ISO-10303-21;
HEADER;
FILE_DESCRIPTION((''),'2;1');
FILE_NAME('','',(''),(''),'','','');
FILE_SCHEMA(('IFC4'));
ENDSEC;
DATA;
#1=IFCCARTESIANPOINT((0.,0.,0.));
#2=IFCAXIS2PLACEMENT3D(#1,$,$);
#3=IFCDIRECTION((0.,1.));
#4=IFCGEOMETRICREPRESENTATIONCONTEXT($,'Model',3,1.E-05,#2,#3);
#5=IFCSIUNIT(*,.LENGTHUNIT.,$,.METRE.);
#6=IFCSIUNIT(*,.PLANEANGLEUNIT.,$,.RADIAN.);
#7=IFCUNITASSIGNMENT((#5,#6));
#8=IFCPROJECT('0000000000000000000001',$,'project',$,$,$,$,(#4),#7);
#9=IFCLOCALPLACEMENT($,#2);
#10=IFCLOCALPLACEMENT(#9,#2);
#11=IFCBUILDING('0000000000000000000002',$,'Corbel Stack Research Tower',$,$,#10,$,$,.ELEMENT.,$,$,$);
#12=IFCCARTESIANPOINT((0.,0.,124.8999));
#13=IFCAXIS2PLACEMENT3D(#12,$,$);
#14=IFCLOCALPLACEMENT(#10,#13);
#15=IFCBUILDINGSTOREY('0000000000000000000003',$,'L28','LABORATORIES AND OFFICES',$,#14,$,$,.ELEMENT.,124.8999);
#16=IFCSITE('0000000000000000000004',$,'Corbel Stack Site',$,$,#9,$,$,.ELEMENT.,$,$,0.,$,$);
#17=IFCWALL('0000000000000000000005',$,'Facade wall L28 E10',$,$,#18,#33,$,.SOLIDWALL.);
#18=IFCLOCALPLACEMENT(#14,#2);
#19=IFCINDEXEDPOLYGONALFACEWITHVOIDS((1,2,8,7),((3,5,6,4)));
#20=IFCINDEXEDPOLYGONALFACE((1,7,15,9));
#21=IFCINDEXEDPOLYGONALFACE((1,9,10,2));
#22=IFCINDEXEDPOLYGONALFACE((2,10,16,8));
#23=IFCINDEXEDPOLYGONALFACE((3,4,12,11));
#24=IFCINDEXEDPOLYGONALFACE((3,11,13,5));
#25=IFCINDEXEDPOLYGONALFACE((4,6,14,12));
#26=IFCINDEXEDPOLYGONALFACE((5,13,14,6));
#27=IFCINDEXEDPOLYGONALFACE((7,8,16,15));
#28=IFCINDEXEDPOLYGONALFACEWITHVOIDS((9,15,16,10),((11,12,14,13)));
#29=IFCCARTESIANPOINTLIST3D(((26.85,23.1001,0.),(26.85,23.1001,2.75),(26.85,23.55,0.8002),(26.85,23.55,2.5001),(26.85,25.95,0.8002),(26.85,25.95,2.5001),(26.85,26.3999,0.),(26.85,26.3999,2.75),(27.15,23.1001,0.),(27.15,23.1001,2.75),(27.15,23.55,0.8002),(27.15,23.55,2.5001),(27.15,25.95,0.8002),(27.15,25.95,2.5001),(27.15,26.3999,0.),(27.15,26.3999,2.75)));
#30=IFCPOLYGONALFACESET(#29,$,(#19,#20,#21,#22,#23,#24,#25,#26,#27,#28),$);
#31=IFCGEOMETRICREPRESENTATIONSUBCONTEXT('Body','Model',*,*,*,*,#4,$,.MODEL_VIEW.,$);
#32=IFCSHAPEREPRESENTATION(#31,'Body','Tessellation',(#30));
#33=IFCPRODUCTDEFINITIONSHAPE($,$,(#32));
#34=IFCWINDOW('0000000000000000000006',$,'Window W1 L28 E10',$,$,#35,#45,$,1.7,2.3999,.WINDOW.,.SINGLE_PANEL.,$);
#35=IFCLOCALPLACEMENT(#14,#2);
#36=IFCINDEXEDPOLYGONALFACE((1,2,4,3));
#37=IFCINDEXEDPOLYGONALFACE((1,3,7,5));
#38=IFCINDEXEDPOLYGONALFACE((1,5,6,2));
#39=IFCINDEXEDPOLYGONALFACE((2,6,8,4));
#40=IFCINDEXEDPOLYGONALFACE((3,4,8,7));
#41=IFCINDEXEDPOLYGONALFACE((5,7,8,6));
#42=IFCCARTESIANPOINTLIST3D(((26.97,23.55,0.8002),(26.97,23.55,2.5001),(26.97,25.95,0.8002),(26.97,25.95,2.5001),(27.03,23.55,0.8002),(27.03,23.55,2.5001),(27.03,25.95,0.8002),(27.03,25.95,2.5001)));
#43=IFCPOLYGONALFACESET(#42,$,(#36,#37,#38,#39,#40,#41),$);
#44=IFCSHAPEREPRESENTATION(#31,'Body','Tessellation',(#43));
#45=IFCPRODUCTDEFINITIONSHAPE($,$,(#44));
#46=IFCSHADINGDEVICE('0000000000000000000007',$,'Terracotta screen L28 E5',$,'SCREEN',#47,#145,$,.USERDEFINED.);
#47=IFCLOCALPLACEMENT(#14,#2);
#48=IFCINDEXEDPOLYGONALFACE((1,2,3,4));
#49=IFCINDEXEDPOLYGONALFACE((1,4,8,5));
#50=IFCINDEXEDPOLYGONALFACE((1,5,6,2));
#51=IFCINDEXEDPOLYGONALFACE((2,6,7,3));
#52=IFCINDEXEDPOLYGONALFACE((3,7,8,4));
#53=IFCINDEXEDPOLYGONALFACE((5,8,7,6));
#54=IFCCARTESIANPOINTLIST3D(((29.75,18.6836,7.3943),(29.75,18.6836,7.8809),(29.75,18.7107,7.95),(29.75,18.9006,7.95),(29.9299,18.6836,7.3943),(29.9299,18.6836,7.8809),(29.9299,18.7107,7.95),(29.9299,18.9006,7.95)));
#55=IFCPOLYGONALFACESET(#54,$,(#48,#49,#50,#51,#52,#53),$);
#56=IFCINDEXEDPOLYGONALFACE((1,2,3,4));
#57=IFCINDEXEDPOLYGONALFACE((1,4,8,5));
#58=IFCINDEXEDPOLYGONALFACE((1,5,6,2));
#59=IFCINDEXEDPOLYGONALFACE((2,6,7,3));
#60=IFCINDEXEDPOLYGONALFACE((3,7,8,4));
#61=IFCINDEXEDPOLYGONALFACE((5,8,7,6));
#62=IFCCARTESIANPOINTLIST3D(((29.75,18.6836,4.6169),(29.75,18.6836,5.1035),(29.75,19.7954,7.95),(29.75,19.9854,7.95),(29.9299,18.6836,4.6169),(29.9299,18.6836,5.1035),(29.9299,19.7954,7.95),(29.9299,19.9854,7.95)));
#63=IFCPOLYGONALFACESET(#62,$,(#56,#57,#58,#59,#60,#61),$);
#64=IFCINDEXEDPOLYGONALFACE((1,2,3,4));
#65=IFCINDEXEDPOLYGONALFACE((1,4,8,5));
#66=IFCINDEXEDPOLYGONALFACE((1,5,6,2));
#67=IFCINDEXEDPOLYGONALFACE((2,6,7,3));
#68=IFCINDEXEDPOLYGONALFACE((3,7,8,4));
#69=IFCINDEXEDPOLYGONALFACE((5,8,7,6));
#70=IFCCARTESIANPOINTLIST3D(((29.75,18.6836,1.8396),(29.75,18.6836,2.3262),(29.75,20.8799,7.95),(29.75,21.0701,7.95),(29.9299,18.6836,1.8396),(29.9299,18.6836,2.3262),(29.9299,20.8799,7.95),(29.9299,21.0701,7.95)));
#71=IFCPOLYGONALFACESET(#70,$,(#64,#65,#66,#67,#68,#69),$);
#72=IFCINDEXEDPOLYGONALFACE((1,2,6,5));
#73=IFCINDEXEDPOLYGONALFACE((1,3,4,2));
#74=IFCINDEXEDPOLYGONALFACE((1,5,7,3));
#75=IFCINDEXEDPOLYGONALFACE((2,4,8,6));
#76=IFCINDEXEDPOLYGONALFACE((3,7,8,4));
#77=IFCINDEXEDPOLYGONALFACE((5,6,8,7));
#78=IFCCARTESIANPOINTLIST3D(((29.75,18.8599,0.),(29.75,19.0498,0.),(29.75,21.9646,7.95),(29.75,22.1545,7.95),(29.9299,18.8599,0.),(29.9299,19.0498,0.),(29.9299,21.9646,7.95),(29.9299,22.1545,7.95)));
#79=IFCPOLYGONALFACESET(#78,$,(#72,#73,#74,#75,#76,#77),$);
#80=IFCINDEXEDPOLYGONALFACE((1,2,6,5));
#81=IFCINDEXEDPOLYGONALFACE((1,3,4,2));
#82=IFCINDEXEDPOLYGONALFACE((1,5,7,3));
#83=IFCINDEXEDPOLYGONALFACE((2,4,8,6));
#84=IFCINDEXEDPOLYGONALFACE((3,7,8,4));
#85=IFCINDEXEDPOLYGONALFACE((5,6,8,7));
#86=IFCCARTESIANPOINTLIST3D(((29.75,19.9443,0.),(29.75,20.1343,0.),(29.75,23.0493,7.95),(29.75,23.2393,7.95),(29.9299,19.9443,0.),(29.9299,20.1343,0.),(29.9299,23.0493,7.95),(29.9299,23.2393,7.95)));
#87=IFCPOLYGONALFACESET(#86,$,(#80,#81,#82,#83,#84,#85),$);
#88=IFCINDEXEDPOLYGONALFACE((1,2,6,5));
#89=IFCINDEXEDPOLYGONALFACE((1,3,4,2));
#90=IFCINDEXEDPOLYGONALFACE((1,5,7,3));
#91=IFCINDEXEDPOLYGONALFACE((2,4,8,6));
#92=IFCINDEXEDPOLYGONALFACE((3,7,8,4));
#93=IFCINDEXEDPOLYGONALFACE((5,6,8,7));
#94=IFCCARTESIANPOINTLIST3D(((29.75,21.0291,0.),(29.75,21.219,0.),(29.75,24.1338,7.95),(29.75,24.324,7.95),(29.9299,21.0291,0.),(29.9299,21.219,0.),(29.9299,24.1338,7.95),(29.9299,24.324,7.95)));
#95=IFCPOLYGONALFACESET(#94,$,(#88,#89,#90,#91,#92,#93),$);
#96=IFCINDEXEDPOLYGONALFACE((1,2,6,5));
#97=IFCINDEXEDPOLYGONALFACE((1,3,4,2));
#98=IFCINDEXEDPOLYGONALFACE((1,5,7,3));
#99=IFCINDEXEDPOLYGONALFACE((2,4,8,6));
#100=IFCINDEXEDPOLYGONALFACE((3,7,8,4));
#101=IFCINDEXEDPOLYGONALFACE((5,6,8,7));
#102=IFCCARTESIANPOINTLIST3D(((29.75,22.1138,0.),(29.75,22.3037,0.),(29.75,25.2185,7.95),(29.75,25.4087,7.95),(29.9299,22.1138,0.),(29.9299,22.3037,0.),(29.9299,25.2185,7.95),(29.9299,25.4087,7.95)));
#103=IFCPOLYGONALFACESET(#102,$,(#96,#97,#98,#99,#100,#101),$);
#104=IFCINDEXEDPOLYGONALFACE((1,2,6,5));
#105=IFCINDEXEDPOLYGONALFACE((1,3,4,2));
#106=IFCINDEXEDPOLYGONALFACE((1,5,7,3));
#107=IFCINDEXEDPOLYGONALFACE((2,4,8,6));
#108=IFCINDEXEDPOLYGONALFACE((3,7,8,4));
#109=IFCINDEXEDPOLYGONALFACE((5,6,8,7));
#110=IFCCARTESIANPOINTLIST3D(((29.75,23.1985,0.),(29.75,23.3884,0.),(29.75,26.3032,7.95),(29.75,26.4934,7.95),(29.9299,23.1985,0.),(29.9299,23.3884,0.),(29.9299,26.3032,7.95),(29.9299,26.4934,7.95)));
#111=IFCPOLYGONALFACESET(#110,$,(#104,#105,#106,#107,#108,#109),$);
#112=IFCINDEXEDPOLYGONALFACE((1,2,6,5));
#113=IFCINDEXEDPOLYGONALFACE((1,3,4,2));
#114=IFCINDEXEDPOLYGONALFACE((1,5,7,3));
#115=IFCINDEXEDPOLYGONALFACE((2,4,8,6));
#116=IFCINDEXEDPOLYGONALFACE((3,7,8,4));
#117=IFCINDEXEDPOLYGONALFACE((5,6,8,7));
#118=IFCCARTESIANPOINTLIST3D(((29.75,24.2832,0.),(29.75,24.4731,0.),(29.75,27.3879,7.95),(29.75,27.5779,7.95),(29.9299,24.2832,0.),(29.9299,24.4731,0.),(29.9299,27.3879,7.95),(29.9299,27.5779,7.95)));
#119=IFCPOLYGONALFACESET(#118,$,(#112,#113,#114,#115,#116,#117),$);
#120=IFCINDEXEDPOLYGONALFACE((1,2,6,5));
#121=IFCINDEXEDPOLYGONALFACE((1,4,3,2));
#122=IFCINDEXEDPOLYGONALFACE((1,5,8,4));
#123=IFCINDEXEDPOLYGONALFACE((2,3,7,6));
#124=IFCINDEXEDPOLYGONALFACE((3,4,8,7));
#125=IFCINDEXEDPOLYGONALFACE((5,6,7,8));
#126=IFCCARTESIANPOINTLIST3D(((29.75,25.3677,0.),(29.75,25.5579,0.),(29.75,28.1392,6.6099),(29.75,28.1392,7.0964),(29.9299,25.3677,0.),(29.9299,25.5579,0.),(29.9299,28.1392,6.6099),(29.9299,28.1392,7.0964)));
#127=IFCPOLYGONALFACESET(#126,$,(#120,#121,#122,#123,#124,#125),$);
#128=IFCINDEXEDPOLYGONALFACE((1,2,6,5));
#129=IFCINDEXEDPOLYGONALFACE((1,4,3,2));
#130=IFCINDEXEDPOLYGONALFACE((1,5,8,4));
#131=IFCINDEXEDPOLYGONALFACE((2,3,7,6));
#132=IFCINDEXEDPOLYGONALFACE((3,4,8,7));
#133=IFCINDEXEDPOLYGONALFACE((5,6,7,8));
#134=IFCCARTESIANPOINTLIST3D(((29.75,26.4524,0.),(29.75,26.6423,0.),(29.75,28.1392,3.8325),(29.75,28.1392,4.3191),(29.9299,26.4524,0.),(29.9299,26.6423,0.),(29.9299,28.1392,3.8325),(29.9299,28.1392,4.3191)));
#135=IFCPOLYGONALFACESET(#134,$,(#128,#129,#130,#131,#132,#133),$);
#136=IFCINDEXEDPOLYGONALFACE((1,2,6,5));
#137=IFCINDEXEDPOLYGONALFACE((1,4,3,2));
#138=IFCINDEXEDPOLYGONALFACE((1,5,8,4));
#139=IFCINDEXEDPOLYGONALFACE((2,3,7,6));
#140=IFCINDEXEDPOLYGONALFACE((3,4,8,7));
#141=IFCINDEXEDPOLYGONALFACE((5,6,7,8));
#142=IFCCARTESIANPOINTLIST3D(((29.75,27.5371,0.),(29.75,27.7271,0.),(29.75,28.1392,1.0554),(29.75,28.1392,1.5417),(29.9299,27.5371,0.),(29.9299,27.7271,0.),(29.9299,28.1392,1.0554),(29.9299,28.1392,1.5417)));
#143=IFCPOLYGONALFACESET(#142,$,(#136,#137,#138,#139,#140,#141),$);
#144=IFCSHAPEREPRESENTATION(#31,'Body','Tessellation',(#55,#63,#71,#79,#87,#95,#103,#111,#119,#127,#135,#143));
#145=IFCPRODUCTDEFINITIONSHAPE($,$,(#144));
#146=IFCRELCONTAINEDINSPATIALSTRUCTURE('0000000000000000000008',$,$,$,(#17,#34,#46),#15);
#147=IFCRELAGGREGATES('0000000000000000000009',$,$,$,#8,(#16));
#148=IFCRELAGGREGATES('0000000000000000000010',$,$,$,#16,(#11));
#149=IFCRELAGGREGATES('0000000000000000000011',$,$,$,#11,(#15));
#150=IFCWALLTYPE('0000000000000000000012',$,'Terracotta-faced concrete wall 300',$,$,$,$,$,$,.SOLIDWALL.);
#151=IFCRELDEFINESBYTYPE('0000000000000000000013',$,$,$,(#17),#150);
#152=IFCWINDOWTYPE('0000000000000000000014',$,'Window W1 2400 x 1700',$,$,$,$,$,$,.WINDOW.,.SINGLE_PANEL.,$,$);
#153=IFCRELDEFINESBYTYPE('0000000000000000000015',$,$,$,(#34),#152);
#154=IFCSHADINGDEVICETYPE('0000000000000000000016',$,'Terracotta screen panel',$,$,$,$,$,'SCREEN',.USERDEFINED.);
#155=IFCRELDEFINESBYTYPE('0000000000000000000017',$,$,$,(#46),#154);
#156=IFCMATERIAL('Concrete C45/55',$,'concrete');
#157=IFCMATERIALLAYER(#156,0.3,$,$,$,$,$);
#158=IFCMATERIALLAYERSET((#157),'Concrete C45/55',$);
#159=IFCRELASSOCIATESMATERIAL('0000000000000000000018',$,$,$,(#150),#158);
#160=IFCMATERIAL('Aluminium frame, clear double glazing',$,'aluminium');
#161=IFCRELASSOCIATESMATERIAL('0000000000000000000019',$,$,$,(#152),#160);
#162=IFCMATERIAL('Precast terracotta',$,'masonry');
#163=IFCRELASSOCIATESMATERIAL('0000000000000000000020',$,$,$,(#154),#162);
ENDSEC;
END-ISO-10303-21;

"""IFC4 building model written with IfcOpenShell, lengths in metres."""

from ifc_helpers import new_model, si_unit, direction, frame, frame_2d, origin, place, context, subcontext, project, spatial, polyline, rectangle, outline, extrude, source, transform, mapped, material, layer, layer_set, type_object, element, fill, save


model = new_model("IFC4")

# Units and contexts
model_context = context("Model", 3, precision=1e-05, world=origin(), true_north=direction((0.0, 1.0)))
body_context = subcontext(model_context, "Body", "Model", "MODEL_VIEW")
ifc_project = project(units=[si_unit("LENGTHUNIT", "METRE"), si_unit("PLANEANGLEUNIT", "RADIAN")], contexts=[model_context])

# Site, building, storey
site_placement = place(None, origin())
site = spatial("IfcSite", under=ifc_project, at=site_placement, Name="Corbel Stack Site", CompositionType="ELEMENT", RefElevation=0.0)
building_placement = place(site_placement, origin())
building = spatial("IfcBuilding", under=site, at=building_placement, Name="Corbel Stack Research Tower", CompositionType="ELEMENT")
storey_placement = place(building_placement, frame((0.0, 0.0, 124.8999)))
storey = spatial("IfcBuildingStorey", under=building, at=storey_placement, Name="L28", Description="LABORATORIES AND OFFICES", CompositionType="ELEMENT", Elevation=124.8999)

# Shared definitions
ifc_material_1 = material(Name="Concrete C45/55", Category="concrete")
ifc_layer_1 = layer(ifc_material_1, 0.3)
ifc_layer_set_1 = layer_set([ifc_layer_1], Name="Concrete C45/55")
wall_type_1 = type_object("IfcWallType", Name="Terracotta-faced concrete wall 300", PredefinedType="SOLIDWALL", material=ifc_layer_set_1)

# Wall, opening, window
wall_1_placement = place(storey_placement, frame((27.0, 26.3999, 0.0), z_axis=(0.0, 0.0, 1.0), x_axis=(0.0, -1.0, 0.0)))
wall_1 = element("IfcWall", 1, at=wall_1_placement, inside=storey, type_object=wall_type_1, Name="Facade wall L28 E10", PredefinedType="SOLIDWALL", context=body_context, shape_type="SweptSolid", body=[
    extrude(rectangle(XDim=3.2998, YDim=0.3, at=frame_2d((1.6499, 0.0))), origin(), (0.0, 0.0, 1.0), 2.75),
])
opening_1_placement = place(wall_1_placement, frame((0.45, 0.0, 0.8)))
opening_1 = element("IfcOpeningElement", 2, at=opening_1_placement, cuts=wall_1, PredefinedType="OPENING", context=body_context, shape_type="SweptSolid", body=[
    extrude(rectangle(XDim=2.3999, YDim=1.7, at=frame_2d((1.2, 0.8501))), frame((0.0, 0.1599, 0.0), z_axis=(0.0, -1.0, 0.0), x_axis=(1.0, 0.0, 0.0)), (0.0, 0.0, 1.0), 0.3201),
])
ifc_material_2 = material(Name="Aluminium frame, clear double glazing", Category="aluminium")
window_type = type_object("IfcWindowType", Name="Window W1 2400 x 1700", PartitioningType="SINGLE_PANEL", PredefinedType="WINDOW", material=ifc_material_2)
window_placement = place(opening_1_placement, origin())
window = element("IfcWindow", 3, at=window_placement, inside=storey, type_object=window_type, Name="Window W1 L28 E10", OverallHeight=1.7, OverallWidth=2.3999, PartitioningType="SINGLE_PANEL", PredefinedType="WINDOW", context=body_context, shape_type="SweptSolid", body=[
    extrude(rectangle(XDim=2.3999, YDim=1.7, at=frame_2d((1.2, 0.8501))), frame((0.0, 0.03, 0.0), z_axis=(0.0, -1.0, 0.0), x_axis=(1.0, 0.0, 0.0)), (0.0, 0.0, 1.0), 0.0601),
])
fill(opening_1, window)

# Shading device
ifc_material_3 = material(Name="Precast terracotta", Category="masonry")
shading_device_type = type_object("IfcShadingDeviceType", Name="Terracotta screen panel", ElementType="SCREEN", PredefinedType="USERDEFINED", material=ifc_material_3)
shared_shape = source(origin(), body_context, "Body", "SweptSolid", [
    extrude(outline(polyline([(0.217, 7.95), (0.0271, 7.95), (0.0, 7.8809), (0.0, 7.3943), (0.217, 7.95)])), frame((0.0, 0.0, 0.0), z_axis=(0.0, -1.0, 0.0), x_axis=(1.0, 0.0, 0.0)), (0.0, 0.0, 1.0), 0.1799),
    extrude(outline(polyline([(1.3018, 7.95), (1.1118, 7.95), (0.0, 5.1035), (0.0, 4.6169), (1.3018, 7.95)])), frame((0.0, 0.0, 0.0), z_axis=(0.0, -1.0, 0.0), x_axis=(1.0, 0.0, 0.0)), (0.0, 0.0, 1.0), 0.1799),
    extrude(outline(polyline([(2.3865, 7.95), (2.1963, 7.95), (0.0, 2.3262), (0.0, 1.8396), (2.3865, 7.95)])), frame((0.0, 0.0, 0.0), z_axis=(0.0, -1.0, 0.0), x_axis=(1.0, 0.0, 0.0)), (0.0, 0.0, 1.0), 0.1799),
    extrude(outline(polyline([(0.3662, 0.0), (3.4709, 7.95), (3.281, 7.95), (0.1763, 0.0), (0.3662, 0.0)])), frame((0.0, 0.0, 0.0), z_axis=(0.0, -1.0, 0.0), x_axis=(1.0, 0.0, 0.0)), (0.0, 0.0, 1.0), 0.1799),
    extrude(outline(polyline([(1.4507, 0.0), (4.5557, 7.95), (4.3657, 7.95), (1.2607, 0.0), (1.4507, 0.0)])), frame((0.0, 0.0, 0.0), z_axis=(0.0, -1.0, 0.0), x_axis=(1.0, 0.0, 0.0)), (0.0, 0.0, 1.0), 0.1799),
    extrude(outline(polyline([(2.5354, 0.0), (5.6404, 7.95), (5.4502, 7.95), (2.3455, 0.0), (2.5354, 0.0)])), frame((0.0, 0.0, 0.0), z_axis=(0.0, -1.0, 0.0), x_axis=(1.0, 0.0, 0.0)), (0.0, 0.0, 1.0), 0.1799),
    extrude(outline(polyline([(3.6201, 0.0), (6.7251, 7.95), (6.5349, 7.95), (3.4302, 0.0), (3.6201, 0.0)])), frame((0.0, 0.0, 0.0), z_axis=(0.0, -1.0, 0.0), x_axis=(1.0, 0.0, 0.0)), (0.0, 0.0, 1.0), 0.1799),
    extrude(outline(polyline([(4.7048, 0.0), (7.8098, 7.95), (7.6196, 7.95), (4.5149, 0.0), (4.7048, 0.0)])), frame((0.0, 0.0, 0.0), z_axis=(0.0, -1.0, 0.0), x_axis=(1.0, 0.0, 0.0)), (0.0, 0.0, 1.0), 0.1799),
    extrude(outline(polyline([(5.7896, 0.0), (8.8943, 7.95), (8.7043, 7.95), (5.5996, 0.0), (5.7896, 0.0)])), frame((0.0, 0.0, 0.0), z_axis=(0.0, -1.0, 0.0), x_axis=(1.0, 0.0, 0.0)), (0.0, 0.0, 1.0), 0.1799),
    extrude(outline(polyline([(6.8743, 0.0), (9.4556, 6.6099), (9.4556, 7.0964), (6.6841, 0.0), (6.8743, 0.0)])), frame((0.0, 0.0, 0.0), z_axis=(0.0, -1.0, 0.0), x_axis=(1.0, 0.0, 0.0)), (0.0, 0.0, 1.0), 0.1799),
    extrude(outline(polyline([(7.9587, 0.0), (9.4556, 3.8325), (9.4556, 4.3191), (7.7688, 0.0), (7.9587, 0.0)])), frame((0.0, 0.0, 0.0), z_axis=(0.0, -1.0, 0.0), x_axis=(1.0, 0.0, 0.0)), (0.0, 0.0, 1.0), 0.1799),
    extrude(outline(polyline([(9.0435, 0.0), (9.4556, 1.0554), (9.4556, 1.5417), (8.8535, 0.0), (9.0435, 0.0)])), frame((0.0, 0.0, 0.0), z_axis=(0.0, -1.0, 0.0), x_axis=(1.0, 0.0, 0.0)), (0.0, 0.0, 1.0), 0.1799),
])
shading_device_placement = place(storey_placement, frame((29.75, 18.6836, 0.0), z_axis=(0.0, 0.0, 1.0), x_axis=(0.0, 1.0, 0.0)))
element("IfcShadingDevice", 4, at=shading_device_placement, inside=storey, type_object=shading_device_type, Name="Terracotta screen L28 E5", ObjectType="SCREEN", PredefinedType="USERDEFINED", context=body_context, shape_type="MappedRepresentation", body=[
    mapped(shared_shape, transform((0.0, 0.0, 0.0))),
])

save(model, "model.ifc")
